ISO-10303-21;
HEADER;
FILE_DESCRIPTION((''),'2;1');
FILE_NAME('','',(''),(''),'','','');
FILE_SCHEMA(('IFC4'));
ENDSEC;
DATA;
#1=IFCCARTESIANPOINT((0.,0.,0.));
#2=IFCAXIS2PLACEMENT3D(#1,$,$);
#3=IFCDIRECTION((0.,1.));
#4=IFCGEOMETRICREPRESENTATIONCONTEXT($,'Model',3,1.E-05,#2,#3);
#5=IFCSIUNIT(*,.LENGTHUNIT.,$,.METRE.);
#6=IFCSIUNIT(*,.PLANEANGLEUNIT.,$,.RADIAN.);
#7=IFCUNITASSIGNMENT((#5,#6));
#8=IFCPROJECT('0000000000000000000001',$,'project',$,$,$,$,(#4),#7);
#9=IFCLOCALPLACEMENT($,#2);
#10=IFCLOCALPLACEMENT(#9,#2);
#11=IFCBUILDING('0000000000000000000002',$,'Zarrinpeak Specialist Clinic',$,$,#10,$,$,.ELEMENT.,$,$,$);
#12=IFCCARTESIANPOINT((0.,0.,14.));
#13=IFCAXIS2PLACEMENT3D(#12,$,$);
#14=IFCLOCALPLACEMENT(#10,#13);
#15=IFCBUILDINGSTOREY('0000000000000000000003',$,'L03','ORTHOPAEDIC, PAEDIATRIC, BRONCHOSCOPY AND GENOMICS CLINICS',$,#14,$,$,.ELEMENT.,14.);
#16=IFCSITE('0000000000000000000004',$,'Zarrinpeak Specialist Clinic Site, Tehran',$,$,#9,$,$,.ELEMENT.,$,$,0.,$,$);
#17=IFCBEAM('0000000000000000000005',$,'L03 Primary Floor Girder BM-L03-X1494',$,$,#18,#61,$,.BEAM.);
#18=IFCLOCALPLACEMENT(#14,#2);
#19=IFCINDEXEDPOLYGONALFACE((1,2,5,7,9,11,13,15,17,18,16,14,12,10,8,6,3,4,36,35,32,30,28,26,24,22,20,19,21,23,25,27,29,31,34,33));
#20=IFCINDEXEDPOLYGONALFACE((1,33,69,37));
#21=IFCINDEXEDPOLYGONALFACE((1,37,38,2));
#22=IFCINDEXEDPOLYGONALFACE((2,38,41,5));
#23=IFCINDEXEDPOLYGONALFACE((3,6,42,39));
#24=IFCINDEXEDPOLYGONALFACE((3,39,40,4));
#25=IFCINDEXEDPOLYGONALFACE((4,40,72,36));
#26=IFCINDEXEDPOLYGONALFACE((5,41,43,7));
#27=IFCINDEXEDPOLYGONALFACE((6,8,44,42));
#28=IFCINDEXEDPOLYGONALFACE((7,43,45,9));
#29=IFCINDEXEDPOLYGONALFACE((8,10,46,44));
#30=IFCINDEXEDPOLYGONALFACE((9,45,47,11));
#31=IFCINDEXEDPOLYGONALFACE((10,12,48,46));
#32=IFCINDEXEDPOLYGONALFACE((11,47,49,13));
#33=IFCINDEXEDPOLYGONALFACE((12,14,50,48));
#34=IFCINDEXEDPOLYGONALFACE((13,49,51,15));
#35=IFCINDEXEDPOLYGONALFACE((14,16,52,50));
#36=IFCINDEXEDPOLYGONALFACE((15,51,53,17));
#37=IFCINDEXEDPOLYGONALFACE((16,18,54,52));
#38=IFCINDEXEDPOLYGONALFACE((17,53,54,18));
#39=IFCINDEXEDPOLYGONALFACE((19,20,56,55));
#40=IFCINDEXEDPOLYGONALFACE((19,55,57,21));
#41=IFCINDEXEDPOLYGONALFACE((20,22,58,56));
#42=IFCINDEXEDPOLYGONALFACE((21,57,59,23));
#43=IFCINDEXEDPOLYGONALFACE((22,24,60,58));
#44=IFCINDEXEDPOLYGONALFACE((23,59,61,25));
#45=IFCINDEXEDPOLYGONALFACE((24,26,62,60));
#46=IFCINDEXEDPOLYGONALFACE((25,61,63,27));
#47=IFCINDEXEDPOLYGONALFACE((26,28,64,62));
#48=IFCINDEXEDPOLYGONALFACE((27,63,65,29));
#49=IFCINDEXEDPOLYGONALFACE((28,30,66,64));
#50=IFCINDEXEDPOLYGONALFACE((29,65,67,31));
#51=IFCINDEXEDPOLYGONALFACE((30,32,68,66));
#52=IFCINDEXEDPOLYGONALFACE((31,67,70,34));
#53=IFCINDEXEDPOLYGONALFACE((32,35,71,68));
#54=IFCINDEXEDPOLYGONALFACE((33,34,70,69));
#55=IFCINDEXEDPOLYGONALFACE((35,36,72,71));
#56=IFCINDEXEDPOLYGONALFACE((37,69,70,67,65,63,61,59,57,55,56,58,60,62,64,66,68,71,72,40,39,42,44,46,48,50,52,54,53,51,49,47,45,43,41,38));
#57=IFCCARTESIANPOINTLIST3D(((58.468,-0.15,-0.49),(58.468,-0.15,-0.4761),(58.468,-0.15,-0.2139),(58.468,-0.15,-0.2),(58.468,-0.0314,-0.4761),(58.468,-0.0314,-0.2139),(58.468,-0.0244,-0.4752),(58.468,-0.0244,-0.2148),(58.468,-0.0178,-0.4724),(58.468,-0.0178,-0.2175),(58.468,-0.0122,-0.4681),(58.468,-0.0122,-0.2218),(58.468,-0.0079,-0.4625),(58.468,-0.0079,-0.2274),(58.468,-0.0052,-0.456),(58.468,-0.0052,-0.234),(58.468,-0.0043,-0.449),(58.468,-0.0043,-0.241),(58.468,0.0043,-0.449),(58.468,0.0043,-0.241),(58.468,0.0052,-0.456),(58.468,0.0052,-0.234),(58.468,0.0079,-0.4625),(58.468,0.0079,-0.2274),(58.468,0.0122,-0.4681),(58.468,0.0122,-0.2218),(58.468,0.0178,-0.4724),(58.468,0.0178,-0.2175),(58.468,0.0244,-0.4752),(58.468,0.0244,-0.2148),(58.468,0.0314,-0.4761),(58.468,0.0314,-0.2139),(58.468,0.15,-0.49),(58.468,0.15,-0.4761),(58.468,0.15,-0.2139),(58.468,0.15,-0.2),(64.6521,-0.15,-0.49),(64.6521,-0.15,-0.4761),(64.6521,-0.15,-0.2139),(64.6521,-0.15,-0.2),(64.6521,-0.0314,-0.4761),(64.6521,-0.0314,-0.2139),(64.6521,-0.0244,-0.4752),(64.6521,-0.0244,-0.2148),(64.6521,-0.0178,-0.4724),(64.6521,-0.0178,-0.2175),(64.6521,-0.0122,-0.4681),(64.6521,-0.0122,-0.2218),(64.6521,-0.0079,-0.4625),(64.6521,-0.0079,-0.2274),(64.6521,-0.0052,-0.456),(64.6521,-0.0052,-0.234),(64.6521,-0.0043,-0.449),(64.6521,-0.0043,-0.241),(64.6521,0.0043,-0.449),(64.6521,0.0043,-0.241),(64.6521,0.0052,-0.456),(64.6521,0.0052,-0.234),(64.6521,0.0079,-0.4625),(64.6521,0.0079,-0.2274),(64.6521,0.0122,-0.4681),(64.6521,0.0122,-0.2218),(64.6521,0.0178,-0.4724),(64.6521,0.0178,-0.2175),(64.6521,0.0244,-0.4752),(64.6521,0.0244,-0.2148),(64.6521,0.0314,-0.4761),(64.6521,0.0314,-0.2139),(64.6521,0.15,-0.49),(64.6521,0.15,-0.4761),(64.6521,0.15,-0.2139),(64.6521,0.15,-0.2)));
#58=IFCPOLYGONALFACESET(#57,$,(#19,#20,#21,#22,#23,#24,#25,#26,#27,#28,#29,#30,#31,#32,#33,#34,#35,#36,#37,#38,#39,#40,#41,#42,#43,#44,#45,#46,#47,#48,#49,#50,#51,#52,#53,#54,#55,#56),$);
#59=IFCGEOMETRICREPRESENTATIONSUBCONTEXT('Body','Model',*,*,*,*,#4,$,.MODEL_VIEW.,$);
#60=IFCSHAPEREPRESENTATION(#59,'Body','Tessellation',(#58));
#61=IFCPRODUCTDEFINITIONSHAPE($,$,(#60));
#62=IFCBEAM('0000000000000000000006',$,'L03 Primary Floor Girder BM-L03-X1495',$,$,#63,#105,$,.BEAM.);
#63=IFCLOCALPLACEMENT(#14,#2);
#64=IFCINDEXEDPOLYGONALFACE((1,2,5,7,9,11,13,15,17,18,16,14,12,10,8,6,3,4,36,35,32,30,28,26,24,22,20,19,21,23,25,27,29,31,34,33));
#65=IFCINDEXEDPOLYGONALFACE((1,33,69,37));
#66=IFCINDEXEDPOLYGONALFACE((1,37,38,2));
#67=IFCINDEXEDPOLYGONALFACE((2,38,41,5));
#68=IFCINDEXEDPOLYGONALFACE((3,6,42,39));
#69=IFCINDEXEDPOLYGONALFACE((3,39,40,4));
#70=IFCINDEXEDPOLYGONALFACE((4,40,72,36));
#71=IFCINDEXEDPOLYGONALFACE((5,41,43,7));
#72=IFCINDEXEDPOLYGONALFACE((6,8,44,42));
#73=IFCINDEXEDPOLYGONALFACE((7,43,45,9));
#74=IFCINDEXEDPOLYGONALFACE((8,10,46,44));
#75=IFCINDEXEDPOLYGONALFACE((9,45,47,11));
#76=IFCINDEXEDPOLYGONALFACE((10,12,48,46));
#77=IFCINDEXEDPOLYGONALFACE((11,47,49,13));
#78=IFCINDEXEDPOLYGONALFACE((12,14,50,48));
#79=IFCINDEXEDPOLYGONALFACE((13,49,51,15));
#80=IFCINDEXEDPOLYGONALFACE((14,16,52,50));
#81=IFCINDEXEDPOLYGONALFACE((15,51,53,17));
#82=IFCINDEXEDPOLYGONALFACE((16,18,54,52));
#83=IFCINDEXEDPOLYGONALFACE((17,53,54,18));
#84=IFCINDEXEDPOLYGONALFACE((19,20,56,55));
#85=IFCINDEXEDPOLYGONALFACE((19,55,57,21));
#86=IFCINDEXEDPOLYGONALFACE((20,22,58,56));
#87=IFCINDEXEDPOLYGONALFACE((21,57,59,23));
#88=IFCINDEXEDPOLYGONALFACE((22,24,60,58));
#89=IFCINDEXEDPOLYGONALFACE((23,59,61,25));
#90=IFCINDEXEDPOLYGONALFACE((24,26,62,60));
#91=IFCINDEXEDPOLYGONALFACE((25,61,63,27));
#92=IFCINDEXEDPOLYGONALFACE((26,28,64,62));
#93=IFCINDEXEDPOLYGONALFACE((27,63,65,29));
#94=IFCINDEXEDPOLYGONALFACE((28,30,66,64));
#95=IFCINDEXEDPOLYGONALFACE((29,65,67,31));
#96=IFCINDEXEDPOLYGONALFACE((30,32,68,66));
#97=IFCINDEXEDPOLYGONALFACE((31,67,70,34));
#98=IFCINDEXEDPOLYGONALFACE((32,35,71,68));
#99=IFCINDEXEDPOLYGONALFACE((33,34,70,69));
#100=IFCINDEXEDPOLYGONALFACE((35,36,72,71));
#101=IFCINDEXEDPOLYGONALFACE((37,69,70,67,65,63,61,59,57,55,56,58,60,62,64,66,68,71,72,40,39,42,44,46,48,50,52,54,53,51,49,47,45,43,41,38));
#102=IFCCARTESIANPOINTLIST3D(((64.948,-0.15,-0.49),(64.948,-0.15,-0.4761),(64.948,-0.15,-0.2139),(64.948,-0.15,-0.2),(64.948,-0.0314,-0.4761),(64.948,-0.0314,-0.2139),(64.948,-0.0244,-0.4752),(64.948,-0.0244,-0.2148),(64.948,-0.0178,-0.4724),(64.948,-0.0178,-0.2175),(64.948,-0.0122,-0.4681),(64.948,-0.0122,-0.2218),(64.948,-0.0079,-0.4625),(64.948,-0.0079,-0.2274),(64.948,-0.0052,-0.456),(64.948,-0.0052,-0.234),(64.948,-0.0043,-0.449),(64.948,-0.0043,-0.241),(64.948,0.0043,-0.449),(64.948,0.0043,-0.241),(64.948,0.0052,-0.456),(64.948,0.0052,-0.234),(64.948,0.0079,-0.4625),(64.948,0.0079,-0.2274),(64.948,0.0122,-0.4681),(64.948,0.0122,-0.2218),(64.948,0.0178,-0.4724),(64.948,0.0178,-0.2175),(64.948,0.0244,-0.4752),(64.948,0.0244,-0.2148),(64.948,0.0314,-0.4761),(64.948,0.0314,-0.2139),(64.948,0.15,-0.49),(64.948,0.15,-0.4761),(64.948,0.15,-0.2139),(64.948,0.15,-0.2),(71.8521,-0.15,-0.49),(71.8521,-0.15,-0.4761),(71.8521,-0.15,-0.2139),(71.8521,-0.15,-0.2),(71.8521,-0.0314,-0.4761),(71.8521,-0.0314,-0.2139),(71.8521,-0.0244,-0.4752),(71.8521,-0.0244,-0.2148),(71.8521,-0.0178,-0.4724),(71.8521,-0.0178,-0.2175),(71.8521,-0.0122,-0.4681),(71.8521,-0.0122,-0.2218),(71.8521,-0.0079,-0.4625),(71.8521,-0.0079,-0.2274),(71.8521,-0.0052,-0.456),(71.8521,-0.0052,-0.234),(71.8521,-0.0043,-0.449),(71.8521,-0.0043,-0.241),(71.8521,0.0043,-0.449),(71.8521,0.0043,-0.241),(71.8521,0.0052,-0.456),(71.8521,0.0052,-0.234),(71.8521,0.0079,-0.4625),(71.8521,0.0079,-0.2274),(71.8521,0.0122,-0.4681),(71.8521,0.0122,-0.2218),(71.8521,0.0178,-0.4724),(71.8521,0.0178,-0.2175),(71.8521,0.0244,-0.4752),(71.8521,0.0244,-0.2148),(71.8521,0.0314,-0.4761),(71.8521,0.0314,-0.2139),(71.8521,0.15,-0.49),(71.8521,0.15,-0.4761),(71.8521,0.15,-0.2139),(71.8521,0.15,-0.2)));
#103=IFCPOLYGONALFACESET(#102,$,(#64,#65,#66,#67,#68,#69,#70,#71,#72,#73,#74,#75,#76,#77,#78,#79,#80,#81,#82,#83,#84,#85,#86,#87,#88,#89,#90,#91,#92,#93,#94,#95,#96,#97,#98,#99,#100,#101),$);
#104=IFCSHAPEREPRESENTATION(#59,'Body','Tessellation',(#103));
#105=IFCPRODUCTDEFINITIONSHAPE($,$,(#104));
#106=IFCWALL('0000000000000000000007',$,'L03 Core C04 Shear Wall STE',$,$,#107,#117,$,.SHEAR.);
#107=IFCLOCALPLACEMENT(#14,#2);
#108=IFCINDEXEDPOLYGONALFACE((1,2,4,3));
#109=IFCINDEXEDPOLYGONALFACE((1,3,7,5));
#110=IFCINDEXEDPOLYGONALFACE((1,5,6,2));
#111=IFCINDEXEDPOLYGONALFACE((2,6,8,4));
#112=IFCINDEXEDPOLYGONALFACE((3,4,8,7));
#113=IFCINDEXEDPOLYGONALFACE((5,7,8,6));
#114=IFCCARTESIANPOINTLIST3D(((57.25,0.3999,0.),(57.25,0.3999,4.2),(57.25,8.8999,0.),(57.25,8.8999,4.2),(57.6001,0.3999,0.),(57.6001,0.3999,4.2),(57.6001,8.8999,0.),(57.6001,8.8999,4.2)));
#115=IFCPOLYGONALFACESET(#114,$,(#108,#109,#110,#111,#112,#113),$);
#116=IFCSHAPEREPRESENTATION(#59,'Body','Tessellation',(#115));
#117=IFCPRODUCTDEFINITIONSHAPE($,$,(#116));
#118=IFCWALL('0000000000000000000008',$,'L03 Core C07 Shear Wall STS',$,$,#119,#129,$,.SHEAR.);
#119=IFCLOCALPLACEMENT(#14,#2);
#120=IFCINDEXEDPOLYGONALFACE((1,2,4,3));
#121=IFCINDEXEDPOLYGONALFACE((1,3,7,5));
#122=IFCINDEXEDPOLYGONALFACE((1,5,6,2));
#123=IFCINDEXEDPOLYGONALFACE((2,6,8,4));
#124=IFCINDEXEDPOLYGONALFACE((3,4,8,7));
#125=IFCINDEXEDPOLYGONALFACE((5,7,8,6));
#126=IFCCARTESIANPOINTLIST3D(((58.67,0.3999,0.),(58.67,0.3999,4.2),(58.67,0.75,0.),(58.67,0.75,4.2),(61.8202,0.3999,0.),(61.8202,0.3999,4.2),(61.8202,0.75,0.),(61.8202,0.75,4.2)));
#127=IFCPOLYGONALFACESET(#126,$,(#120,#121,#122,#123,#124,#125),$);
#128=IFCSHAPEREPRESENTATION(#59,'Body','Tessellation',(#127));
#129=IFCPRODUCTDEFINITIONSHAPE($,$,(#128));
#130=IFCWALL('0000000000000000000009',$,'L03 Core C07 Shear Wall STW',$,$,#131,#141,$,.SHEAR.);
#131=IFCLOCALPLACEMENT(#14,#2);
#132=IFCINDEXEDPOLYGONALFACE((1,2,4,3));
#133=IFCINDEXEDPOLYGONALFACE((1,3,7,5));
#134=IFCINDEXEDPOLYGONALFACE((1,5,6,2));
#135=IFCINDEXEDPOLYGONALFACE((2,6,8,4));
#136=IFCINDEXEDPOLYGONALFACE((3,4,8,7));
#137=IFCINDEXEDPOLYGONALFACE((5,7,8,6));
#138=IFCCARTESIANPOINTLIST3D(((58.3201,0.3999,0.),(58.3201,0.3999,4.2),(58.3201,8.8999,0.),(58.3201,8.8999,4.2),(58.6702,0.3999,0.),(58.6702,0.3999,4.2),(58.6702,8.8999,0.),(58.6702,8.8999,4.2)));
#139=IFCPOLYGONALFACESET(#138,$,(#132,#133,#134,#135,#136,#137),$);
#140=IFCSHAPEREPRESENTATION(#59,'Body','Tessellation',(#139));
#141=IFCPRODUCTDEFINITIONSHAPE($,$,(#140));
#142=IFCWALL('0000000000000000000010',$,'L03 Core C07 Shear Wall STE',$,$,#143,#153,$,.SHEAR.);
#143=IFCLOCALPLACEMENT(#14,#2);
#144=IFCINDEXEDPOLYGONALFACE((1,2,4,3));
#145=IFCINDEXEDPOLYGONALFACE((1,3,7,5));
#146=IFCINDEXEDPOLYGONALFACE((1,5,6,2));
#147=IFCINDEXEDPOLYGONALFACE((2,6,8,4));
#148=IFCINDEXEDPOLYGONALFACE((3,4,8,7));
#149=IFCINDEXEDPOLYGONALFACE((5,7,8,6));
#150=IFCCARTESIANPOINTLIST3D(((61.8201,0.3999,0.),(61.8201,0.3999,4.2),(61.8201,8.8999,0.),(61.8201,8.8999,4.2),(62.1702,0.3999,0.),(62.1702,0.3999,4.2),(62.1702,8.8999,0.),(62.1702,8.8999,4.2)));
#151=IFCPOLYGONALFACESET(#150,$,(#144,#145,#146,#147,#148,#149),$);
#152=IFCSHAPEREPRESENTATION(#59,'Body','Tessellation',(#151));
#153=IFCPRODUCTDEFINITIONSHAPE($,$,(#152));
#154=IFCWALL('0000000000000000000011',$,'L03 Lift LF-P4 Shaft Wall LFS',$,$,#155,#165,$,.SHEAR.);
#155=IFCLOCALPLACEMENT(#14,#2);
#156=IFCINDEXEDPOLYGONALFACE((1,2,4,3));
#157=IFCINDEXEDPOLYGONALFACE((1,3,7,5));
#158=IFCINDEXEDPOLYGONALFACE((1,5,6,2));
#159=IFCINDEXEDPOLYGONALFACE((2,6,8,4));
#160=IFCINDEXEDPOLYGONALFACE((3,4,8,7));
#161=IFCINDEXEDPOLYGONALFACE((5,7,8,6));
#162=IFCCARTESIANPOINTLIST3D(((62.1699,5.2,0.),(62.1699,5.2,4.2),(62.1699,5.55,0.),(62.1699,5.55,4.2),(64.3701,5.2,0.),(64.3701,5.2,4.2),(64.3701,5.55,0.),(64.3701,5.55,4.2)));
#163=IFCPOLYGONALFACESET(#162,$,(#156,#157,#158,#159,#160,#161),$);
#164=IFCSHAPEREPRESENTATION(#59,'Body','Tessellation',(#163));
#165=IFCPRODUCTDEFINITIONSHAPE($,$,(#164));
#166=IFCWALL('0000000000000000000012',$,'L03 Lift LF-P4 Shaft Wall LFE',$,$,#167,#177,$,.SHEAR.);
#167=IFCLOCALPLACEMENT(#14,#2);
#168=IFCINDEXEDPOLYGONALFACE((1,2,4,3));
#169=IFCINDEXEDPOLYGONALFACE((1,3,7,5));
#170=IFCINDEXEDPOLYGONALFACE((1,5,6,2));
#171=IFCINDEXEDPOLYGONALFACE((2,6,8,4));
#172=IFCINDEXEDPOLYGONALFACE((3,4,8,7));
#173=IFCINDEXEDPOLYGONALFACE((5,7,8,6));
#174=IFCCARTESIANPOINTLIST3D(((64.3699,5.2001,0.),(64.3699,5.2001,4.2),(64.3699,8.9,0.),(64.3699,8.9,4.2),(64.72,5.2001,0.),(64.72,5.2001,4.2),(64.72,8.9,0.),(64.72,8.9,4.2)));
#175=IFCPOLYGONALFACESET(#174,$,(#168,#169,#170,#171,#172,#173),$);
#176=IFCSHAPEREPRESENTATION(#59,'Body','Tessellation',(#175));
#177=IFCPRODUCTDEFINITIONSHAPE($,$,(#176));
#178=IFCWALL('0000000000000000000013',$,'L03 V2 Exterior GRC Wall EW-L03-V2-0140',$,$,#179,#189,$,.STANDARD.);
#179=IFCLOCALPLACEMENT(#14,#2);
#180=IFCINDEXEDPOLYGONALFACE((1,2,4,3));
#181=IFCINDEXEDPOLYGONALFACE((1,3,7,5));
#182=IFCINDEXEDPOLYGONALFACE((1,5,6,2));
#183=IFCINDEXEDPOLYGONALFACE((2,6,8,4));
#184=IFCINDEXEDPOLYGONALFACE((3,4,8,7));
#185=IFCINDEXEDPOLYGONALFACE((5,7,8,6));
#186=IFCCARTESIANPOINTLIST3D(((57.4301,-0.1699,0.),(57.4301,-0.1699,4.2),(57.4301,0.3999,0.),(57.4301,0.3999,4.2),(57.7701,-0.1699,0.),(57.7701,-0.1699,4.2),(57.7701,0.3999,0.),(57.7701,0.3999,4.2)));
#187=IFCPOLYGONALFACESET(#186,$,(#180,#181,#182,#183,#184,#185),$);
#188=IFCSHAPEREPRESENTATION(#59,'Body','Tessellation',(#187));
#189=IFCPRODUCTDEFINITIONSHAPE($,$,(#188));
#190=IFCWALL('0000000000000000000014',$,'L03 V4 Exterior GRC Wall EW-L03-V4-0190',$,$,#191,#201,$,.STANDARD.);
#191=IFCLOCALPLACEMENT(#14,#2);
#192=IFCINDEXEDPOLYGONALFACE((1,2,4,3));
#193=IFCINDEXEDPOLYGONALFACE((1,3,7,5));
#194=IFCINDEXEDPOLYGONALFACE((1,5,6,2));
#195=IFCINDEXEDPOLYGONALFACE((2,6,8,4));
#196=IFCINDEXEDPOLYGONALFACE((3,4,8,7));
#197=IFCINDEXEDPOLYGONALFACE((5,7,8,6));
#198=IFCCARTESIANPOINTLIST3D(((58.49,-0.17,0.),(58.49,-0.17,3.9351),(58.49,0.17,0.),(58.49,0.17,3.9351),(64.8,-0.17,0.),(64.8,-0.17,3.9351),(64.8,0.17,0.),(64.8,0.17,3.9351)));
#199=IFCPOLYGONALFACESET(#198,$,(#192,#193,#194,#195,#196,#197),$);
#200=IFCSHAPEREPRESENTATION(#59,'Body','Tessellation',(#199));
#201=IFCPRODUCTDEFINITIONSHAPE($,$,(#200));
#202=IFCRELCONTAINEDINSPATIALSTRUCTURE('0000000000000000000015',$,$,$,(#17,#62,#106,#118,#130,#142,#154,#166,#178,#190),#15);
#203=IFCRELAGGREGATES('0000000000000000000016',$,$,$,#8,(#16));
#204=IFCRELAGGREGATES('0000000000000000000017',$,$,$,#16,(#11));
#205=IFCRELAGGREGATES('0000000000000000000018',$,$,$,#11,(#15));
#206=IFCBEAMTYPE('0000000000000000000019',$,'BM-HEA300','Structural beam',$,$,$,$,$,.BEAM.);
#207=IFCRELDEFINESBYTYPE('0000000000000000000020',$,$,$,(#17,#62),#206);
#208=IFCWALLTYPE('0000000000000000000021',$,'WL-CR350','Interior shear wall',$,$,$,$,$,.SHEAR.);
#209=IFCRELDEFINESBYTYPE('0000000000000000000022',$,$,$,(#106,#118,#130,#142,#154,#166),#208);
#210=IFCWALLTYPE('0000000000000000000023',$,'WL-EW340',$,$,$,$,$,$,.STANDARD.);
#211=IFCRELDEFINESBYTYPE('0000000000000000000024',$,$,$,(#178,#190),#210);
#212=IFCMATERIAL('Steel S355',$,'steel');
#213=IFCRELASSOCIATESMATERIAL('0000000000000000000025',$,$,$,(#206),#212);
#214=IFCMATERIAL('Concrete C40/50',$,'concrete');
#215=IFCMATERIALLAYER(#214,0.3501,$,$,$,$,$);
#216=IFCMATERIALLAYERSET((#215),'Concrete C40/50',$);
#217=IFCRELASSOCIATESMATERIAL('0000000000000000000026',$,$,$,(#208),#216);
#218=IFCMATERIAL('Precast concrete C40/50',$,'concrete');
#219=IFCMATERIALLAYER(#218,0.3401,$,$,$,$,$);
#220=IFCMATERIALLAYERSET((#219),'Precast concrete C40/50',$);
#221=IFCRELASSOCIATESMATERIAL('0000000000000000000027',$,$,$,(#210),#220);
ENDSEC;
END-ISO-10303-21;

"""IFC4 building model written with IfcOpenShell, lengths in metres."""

from ifc_helpers import new_model, si_unit, direction, frame, frame_2d, origin, origin_2d, place, context, subcontext, project, spatial, rectangle, i_section, extrude, material, layer, layer_set, material_profile, profile_set, type_object, element, save


model = new_model("IFC4")

# Units and contexts
model_context = context("Model", 3, precision=1e-05, world=origin(), true_north=direction((0.0, 1.0)))
body_context = subcontext(model_context, "Body", "Model", "MODEL_VIEW")
ifc_project = project(units=[si_unit("LENGTHUNIT", "METRE"), si_unit("PLANEANGLEUNIT", "RADIAN")], contexts=[model_context])

# Site, building, storey
site_placement = place(None, origin())
site = spatial("IfcSite", under=ifc_project, at=site_placement, Name="Zarrinpeak Specialist Clinic Site, Tehran", CompositionType="ELEMENT", RefElevation=0.0)
building_placement = place(site_placement, origin())
building = spatial("IfcBuilding", under=site, at=building_placement, Name="Zarrinpeak Specialist Clinic", CompositionType="ELEMENT")
storey_placement = place(building_placement, frame((0.0, 0.0, 14.0)))
storey = spatial("IfcBuildingStorey", under=building, at=storey_placement, Name="L03", Description="ORTHOPAEDIC, PAEDIATRIC, BRONCHOSCOPY AND GENOMICS CLINICS", CompositionType="ELEMENT", Elevation=14.0)

# Shared definitions
ifc_material_1 = material(Name="Steel S355", Category="steel")

# Beams
ifc_material_profile_1 = material_profile(ifc_material_1, i_section(OverallWidth=0.3, OverallDepth=0.29, WebThickness=0.0085, FlangeThickness=0.0139, FilletRadius=0.0271, at=origin_2d()), Name="HEA 300")
ifc_profile_set_1 = profile_set([ifc_material_profile_1], Name="Steel S355")
beam_type = type_object("IfcBeamType", Name="BM-HEA300", Description="Structural beam", PredefinedType="BEAM", material=ifc_profile_set_1)
beam_1_placement = place(storey_placement, frame((58.468, 0.0, -0.345), z_axis=(1.0, 0.0, 0.0), x_axis=(0.0, 1.0, 0.0)))
element("IfcBeam", 1, at=beam_1_placement, inside=storey, type_object=beam_type, Name="L03 Primary Floor Girder BM-L03-X1494", PredefinedType="BEAM", context=body_context, shape_type="SweptSolid", body=[
    extrude(i_section(OverallWidth=0.3, OverallDepth=0.29, WebThickness=0.0085, FlangeThickness=0.0139, FilletRadius=0.0271, at=origin_2d()), origin(), (0.0, 0.0, 1.0), 6.1841),
])
beam_2_placement = place(storey_placement, frame((64.948, 0.0, -0.345), z_axis=(1.0, 0.0, 0.0), x_axis=(0.0, 1.0, 0.0)))
element("IfcBeam", 2, at=beam_2_placement, inside=storey, type_object=beam_type, Name="L03 Primary Floor Girder BM-L03-X1495", PredefinedType="BEAM", context=body_context, shape_type="SweptSolid", body=[
    extrude(i_section(OverallWidth=0.3, OverallDepth=0.29, WebThickness=0.0085, FlangeThickness=0.0139, FilletRadius=0.0271, at=origin_2d()), origin(), (0.0, 0.0, 1.0), 6.9041),
])

# Walls
ifc_material_2 = material(Name="Concrete C40/50", Category="concrete")
ifc_layer_1 = layer(ifc_material_2, 0.3501)
ifc_layer_set_1 = layer_set([ifc_layer_1], Name="Concrete C40/50")
wall_type_1 = type_object("IfcWallType", Name="WL-CR350", Description="Interior shear wall", PredefinedType="SHEAR", material=ifc_layer_set_1)
wall_1_placement = place(storey_placement, frame((57.425, 0.3999, 0.0), z_axis=(0.0, 0.0, 1.0), x_axis=(0.0, 1.0, 0.0)))
element("IfcWall", 3, at=wall_1_placement, inside=storey, type_object=wall_type_1, Name="L03 Core C04 Shear Wall STE", PredefinedType="SHEAR", context=body_context, shape_type="SweptSolid", body=[
    extrude(rectangle(XDim=8.5, YDim=0.3501, at=frame_2d((4.25, 0.0))), origin(), (0.0, 0.0, 1.0), 4.2),
])
wall_2_placement = place(storey_placement, frame((58.6699, 0.575, 0.0), z_axis=(0.0, 0.0, 1.0), x_axis=(1.0, 0.0, 0.0)))
element("IfcWall", 4, at=wall_2_placement, inside=storey, type_object=wall_type_1, Name="L03 Core C07 Shear Wall STS", PredefinedType="SHEAR", context=body_context, shape_type="SweptSolid", body=[
    extrude(rectangle(XDim=3.1501, YDim=0.3501, at=frame_2d((1.5752, 0.0))), origin(), (0.0, 0.0, 1.0), 4.2),
])
for number, where, z_axis, x_axis, name in (
    (5, (58.4951, 0.3999, 0.0), (0.0, 0.0, 1.0), (0.0, 1.0, 0.0), "L03 Core C07 Shear Wall STW"),
    (6, (61.9951, 0.3999, 0.0), (0.0, 0.0, 1.0), (0.0, 1.0, 0.0), "L03 Core C07 Shear Wall STE"),
):
    element("IfcWall", number, at=place(storey_placement, frame(where, z_axis=z_axis, x_axis=x_axis)), inside=storey, type_object=wall_type_1, Name=name, PredefinedType="SHEAR", context=body_context, shape_type="SweptSolid", body=[
        extrude(rectangle(XDim=8.5, YDim=0.3501, at=frame_2d((4.25, 0.0))), origin(), (0.0, 0.0, 1.0), 4.2),
    ])
wall_3_placement = place(storey_placement, frame((62.1699, 5.375, 0.0), z_axis=(0.0, 0.0, 1.0), x_axis=(1.0, 0.0, 0.0)))
element("IfcWall", 7, at=wall_3_placement, inside=storey, type_object=wall_type_1, Name="L03 Lift LF-P4 Shaft Wall LFS", PredefinedType="SHEAR", context=body_context, shape_type="SweptSolid", body=[
    extrude(rectangle(XDim=2.2002, YDim=0.3501, at=frame_2d((1.1001, 0.0))), origin(), (0.0, 0.0, 1.0), 4.2),
])
wall_4_placement = place(storey_placement, frame((64.5449, 5.2, 0.0), z_axis=(0.0, 0.0, 1.0), x_axis=(0.0, 1.0, 0.0)))
element("IfcWall", 8, at=wall_4_placement, inside=storey, type_object=wall_type_1, Name="L03 Lift LF-P4 Shaft Wall LFE", PredefinedType="SHEAR", context=body_context, shape_type="SweptSolid", body=[
    extrude(rectangle(XDim=3.7, YDim=0.3501, at=frame_2d((1.8501, 0.0))), origin(), (0.0, 0.0, 1.0), 4.2),
])
ifc_material_3 = material(Name="Precast concrete C40/50", Category="concrete")
ifc_layer_2 = layer(ifc_material_3, 0.3401)
ifc_layer_set_2 = layer_set([ifc_layer_2], Name="Precast concrete C40/50")
wall_type_2 = type_object("IfcWallType", Name="WL-EW340", PredefinedType="STANDARD", material=ifc_layer_set_2)
wall_5_placement = place(storey_placement, frame((57.6001, -0.1699, 0.0), z_axis=(0.0, 0.0, 1.0), x_axis=(0.0, 1.0, 0.0)))
element("IfcWall", 9, at=wall_5_placement, inside=storey, type_object=wall_type_2, Name="L03 V2 Exterior GRC Wall EW-L03-V2-0140", PredefinedType="STANDARD", context=body_context, shape_type="SweptSolid", body=[
    extrude(rectangle(XDim=0.5698, YDim=0.3401, at=frame_2d((0.2849, 0.0))), origin(), (0.0, 0.0, 1.0), 4.2),
])
wall_6_placement = place(storey_placement, frame((58.49, 0.0, 0.0), z_axis=(0.0, 0.0, 1.0), x_axis=(1.0, 0.0, 0.0)))
element("IfcWall", 10, at=wall_6_placement, inside=storey, type_object=wall_type_2, Name="L03 V4 Exterior GRC Wall EW-L03-V4-0190", PredefinedType="STANDARD", context=body_context, shape_type="SweptSolid", body=[
    extrude(rectangle(XDim=6.3101, YDim=0.3401, at=frame_2d((3.155, 0.0))), origin(), (0.0, 0.0, 1.0), 3.9351),
])

save(model, "model.ifc")
